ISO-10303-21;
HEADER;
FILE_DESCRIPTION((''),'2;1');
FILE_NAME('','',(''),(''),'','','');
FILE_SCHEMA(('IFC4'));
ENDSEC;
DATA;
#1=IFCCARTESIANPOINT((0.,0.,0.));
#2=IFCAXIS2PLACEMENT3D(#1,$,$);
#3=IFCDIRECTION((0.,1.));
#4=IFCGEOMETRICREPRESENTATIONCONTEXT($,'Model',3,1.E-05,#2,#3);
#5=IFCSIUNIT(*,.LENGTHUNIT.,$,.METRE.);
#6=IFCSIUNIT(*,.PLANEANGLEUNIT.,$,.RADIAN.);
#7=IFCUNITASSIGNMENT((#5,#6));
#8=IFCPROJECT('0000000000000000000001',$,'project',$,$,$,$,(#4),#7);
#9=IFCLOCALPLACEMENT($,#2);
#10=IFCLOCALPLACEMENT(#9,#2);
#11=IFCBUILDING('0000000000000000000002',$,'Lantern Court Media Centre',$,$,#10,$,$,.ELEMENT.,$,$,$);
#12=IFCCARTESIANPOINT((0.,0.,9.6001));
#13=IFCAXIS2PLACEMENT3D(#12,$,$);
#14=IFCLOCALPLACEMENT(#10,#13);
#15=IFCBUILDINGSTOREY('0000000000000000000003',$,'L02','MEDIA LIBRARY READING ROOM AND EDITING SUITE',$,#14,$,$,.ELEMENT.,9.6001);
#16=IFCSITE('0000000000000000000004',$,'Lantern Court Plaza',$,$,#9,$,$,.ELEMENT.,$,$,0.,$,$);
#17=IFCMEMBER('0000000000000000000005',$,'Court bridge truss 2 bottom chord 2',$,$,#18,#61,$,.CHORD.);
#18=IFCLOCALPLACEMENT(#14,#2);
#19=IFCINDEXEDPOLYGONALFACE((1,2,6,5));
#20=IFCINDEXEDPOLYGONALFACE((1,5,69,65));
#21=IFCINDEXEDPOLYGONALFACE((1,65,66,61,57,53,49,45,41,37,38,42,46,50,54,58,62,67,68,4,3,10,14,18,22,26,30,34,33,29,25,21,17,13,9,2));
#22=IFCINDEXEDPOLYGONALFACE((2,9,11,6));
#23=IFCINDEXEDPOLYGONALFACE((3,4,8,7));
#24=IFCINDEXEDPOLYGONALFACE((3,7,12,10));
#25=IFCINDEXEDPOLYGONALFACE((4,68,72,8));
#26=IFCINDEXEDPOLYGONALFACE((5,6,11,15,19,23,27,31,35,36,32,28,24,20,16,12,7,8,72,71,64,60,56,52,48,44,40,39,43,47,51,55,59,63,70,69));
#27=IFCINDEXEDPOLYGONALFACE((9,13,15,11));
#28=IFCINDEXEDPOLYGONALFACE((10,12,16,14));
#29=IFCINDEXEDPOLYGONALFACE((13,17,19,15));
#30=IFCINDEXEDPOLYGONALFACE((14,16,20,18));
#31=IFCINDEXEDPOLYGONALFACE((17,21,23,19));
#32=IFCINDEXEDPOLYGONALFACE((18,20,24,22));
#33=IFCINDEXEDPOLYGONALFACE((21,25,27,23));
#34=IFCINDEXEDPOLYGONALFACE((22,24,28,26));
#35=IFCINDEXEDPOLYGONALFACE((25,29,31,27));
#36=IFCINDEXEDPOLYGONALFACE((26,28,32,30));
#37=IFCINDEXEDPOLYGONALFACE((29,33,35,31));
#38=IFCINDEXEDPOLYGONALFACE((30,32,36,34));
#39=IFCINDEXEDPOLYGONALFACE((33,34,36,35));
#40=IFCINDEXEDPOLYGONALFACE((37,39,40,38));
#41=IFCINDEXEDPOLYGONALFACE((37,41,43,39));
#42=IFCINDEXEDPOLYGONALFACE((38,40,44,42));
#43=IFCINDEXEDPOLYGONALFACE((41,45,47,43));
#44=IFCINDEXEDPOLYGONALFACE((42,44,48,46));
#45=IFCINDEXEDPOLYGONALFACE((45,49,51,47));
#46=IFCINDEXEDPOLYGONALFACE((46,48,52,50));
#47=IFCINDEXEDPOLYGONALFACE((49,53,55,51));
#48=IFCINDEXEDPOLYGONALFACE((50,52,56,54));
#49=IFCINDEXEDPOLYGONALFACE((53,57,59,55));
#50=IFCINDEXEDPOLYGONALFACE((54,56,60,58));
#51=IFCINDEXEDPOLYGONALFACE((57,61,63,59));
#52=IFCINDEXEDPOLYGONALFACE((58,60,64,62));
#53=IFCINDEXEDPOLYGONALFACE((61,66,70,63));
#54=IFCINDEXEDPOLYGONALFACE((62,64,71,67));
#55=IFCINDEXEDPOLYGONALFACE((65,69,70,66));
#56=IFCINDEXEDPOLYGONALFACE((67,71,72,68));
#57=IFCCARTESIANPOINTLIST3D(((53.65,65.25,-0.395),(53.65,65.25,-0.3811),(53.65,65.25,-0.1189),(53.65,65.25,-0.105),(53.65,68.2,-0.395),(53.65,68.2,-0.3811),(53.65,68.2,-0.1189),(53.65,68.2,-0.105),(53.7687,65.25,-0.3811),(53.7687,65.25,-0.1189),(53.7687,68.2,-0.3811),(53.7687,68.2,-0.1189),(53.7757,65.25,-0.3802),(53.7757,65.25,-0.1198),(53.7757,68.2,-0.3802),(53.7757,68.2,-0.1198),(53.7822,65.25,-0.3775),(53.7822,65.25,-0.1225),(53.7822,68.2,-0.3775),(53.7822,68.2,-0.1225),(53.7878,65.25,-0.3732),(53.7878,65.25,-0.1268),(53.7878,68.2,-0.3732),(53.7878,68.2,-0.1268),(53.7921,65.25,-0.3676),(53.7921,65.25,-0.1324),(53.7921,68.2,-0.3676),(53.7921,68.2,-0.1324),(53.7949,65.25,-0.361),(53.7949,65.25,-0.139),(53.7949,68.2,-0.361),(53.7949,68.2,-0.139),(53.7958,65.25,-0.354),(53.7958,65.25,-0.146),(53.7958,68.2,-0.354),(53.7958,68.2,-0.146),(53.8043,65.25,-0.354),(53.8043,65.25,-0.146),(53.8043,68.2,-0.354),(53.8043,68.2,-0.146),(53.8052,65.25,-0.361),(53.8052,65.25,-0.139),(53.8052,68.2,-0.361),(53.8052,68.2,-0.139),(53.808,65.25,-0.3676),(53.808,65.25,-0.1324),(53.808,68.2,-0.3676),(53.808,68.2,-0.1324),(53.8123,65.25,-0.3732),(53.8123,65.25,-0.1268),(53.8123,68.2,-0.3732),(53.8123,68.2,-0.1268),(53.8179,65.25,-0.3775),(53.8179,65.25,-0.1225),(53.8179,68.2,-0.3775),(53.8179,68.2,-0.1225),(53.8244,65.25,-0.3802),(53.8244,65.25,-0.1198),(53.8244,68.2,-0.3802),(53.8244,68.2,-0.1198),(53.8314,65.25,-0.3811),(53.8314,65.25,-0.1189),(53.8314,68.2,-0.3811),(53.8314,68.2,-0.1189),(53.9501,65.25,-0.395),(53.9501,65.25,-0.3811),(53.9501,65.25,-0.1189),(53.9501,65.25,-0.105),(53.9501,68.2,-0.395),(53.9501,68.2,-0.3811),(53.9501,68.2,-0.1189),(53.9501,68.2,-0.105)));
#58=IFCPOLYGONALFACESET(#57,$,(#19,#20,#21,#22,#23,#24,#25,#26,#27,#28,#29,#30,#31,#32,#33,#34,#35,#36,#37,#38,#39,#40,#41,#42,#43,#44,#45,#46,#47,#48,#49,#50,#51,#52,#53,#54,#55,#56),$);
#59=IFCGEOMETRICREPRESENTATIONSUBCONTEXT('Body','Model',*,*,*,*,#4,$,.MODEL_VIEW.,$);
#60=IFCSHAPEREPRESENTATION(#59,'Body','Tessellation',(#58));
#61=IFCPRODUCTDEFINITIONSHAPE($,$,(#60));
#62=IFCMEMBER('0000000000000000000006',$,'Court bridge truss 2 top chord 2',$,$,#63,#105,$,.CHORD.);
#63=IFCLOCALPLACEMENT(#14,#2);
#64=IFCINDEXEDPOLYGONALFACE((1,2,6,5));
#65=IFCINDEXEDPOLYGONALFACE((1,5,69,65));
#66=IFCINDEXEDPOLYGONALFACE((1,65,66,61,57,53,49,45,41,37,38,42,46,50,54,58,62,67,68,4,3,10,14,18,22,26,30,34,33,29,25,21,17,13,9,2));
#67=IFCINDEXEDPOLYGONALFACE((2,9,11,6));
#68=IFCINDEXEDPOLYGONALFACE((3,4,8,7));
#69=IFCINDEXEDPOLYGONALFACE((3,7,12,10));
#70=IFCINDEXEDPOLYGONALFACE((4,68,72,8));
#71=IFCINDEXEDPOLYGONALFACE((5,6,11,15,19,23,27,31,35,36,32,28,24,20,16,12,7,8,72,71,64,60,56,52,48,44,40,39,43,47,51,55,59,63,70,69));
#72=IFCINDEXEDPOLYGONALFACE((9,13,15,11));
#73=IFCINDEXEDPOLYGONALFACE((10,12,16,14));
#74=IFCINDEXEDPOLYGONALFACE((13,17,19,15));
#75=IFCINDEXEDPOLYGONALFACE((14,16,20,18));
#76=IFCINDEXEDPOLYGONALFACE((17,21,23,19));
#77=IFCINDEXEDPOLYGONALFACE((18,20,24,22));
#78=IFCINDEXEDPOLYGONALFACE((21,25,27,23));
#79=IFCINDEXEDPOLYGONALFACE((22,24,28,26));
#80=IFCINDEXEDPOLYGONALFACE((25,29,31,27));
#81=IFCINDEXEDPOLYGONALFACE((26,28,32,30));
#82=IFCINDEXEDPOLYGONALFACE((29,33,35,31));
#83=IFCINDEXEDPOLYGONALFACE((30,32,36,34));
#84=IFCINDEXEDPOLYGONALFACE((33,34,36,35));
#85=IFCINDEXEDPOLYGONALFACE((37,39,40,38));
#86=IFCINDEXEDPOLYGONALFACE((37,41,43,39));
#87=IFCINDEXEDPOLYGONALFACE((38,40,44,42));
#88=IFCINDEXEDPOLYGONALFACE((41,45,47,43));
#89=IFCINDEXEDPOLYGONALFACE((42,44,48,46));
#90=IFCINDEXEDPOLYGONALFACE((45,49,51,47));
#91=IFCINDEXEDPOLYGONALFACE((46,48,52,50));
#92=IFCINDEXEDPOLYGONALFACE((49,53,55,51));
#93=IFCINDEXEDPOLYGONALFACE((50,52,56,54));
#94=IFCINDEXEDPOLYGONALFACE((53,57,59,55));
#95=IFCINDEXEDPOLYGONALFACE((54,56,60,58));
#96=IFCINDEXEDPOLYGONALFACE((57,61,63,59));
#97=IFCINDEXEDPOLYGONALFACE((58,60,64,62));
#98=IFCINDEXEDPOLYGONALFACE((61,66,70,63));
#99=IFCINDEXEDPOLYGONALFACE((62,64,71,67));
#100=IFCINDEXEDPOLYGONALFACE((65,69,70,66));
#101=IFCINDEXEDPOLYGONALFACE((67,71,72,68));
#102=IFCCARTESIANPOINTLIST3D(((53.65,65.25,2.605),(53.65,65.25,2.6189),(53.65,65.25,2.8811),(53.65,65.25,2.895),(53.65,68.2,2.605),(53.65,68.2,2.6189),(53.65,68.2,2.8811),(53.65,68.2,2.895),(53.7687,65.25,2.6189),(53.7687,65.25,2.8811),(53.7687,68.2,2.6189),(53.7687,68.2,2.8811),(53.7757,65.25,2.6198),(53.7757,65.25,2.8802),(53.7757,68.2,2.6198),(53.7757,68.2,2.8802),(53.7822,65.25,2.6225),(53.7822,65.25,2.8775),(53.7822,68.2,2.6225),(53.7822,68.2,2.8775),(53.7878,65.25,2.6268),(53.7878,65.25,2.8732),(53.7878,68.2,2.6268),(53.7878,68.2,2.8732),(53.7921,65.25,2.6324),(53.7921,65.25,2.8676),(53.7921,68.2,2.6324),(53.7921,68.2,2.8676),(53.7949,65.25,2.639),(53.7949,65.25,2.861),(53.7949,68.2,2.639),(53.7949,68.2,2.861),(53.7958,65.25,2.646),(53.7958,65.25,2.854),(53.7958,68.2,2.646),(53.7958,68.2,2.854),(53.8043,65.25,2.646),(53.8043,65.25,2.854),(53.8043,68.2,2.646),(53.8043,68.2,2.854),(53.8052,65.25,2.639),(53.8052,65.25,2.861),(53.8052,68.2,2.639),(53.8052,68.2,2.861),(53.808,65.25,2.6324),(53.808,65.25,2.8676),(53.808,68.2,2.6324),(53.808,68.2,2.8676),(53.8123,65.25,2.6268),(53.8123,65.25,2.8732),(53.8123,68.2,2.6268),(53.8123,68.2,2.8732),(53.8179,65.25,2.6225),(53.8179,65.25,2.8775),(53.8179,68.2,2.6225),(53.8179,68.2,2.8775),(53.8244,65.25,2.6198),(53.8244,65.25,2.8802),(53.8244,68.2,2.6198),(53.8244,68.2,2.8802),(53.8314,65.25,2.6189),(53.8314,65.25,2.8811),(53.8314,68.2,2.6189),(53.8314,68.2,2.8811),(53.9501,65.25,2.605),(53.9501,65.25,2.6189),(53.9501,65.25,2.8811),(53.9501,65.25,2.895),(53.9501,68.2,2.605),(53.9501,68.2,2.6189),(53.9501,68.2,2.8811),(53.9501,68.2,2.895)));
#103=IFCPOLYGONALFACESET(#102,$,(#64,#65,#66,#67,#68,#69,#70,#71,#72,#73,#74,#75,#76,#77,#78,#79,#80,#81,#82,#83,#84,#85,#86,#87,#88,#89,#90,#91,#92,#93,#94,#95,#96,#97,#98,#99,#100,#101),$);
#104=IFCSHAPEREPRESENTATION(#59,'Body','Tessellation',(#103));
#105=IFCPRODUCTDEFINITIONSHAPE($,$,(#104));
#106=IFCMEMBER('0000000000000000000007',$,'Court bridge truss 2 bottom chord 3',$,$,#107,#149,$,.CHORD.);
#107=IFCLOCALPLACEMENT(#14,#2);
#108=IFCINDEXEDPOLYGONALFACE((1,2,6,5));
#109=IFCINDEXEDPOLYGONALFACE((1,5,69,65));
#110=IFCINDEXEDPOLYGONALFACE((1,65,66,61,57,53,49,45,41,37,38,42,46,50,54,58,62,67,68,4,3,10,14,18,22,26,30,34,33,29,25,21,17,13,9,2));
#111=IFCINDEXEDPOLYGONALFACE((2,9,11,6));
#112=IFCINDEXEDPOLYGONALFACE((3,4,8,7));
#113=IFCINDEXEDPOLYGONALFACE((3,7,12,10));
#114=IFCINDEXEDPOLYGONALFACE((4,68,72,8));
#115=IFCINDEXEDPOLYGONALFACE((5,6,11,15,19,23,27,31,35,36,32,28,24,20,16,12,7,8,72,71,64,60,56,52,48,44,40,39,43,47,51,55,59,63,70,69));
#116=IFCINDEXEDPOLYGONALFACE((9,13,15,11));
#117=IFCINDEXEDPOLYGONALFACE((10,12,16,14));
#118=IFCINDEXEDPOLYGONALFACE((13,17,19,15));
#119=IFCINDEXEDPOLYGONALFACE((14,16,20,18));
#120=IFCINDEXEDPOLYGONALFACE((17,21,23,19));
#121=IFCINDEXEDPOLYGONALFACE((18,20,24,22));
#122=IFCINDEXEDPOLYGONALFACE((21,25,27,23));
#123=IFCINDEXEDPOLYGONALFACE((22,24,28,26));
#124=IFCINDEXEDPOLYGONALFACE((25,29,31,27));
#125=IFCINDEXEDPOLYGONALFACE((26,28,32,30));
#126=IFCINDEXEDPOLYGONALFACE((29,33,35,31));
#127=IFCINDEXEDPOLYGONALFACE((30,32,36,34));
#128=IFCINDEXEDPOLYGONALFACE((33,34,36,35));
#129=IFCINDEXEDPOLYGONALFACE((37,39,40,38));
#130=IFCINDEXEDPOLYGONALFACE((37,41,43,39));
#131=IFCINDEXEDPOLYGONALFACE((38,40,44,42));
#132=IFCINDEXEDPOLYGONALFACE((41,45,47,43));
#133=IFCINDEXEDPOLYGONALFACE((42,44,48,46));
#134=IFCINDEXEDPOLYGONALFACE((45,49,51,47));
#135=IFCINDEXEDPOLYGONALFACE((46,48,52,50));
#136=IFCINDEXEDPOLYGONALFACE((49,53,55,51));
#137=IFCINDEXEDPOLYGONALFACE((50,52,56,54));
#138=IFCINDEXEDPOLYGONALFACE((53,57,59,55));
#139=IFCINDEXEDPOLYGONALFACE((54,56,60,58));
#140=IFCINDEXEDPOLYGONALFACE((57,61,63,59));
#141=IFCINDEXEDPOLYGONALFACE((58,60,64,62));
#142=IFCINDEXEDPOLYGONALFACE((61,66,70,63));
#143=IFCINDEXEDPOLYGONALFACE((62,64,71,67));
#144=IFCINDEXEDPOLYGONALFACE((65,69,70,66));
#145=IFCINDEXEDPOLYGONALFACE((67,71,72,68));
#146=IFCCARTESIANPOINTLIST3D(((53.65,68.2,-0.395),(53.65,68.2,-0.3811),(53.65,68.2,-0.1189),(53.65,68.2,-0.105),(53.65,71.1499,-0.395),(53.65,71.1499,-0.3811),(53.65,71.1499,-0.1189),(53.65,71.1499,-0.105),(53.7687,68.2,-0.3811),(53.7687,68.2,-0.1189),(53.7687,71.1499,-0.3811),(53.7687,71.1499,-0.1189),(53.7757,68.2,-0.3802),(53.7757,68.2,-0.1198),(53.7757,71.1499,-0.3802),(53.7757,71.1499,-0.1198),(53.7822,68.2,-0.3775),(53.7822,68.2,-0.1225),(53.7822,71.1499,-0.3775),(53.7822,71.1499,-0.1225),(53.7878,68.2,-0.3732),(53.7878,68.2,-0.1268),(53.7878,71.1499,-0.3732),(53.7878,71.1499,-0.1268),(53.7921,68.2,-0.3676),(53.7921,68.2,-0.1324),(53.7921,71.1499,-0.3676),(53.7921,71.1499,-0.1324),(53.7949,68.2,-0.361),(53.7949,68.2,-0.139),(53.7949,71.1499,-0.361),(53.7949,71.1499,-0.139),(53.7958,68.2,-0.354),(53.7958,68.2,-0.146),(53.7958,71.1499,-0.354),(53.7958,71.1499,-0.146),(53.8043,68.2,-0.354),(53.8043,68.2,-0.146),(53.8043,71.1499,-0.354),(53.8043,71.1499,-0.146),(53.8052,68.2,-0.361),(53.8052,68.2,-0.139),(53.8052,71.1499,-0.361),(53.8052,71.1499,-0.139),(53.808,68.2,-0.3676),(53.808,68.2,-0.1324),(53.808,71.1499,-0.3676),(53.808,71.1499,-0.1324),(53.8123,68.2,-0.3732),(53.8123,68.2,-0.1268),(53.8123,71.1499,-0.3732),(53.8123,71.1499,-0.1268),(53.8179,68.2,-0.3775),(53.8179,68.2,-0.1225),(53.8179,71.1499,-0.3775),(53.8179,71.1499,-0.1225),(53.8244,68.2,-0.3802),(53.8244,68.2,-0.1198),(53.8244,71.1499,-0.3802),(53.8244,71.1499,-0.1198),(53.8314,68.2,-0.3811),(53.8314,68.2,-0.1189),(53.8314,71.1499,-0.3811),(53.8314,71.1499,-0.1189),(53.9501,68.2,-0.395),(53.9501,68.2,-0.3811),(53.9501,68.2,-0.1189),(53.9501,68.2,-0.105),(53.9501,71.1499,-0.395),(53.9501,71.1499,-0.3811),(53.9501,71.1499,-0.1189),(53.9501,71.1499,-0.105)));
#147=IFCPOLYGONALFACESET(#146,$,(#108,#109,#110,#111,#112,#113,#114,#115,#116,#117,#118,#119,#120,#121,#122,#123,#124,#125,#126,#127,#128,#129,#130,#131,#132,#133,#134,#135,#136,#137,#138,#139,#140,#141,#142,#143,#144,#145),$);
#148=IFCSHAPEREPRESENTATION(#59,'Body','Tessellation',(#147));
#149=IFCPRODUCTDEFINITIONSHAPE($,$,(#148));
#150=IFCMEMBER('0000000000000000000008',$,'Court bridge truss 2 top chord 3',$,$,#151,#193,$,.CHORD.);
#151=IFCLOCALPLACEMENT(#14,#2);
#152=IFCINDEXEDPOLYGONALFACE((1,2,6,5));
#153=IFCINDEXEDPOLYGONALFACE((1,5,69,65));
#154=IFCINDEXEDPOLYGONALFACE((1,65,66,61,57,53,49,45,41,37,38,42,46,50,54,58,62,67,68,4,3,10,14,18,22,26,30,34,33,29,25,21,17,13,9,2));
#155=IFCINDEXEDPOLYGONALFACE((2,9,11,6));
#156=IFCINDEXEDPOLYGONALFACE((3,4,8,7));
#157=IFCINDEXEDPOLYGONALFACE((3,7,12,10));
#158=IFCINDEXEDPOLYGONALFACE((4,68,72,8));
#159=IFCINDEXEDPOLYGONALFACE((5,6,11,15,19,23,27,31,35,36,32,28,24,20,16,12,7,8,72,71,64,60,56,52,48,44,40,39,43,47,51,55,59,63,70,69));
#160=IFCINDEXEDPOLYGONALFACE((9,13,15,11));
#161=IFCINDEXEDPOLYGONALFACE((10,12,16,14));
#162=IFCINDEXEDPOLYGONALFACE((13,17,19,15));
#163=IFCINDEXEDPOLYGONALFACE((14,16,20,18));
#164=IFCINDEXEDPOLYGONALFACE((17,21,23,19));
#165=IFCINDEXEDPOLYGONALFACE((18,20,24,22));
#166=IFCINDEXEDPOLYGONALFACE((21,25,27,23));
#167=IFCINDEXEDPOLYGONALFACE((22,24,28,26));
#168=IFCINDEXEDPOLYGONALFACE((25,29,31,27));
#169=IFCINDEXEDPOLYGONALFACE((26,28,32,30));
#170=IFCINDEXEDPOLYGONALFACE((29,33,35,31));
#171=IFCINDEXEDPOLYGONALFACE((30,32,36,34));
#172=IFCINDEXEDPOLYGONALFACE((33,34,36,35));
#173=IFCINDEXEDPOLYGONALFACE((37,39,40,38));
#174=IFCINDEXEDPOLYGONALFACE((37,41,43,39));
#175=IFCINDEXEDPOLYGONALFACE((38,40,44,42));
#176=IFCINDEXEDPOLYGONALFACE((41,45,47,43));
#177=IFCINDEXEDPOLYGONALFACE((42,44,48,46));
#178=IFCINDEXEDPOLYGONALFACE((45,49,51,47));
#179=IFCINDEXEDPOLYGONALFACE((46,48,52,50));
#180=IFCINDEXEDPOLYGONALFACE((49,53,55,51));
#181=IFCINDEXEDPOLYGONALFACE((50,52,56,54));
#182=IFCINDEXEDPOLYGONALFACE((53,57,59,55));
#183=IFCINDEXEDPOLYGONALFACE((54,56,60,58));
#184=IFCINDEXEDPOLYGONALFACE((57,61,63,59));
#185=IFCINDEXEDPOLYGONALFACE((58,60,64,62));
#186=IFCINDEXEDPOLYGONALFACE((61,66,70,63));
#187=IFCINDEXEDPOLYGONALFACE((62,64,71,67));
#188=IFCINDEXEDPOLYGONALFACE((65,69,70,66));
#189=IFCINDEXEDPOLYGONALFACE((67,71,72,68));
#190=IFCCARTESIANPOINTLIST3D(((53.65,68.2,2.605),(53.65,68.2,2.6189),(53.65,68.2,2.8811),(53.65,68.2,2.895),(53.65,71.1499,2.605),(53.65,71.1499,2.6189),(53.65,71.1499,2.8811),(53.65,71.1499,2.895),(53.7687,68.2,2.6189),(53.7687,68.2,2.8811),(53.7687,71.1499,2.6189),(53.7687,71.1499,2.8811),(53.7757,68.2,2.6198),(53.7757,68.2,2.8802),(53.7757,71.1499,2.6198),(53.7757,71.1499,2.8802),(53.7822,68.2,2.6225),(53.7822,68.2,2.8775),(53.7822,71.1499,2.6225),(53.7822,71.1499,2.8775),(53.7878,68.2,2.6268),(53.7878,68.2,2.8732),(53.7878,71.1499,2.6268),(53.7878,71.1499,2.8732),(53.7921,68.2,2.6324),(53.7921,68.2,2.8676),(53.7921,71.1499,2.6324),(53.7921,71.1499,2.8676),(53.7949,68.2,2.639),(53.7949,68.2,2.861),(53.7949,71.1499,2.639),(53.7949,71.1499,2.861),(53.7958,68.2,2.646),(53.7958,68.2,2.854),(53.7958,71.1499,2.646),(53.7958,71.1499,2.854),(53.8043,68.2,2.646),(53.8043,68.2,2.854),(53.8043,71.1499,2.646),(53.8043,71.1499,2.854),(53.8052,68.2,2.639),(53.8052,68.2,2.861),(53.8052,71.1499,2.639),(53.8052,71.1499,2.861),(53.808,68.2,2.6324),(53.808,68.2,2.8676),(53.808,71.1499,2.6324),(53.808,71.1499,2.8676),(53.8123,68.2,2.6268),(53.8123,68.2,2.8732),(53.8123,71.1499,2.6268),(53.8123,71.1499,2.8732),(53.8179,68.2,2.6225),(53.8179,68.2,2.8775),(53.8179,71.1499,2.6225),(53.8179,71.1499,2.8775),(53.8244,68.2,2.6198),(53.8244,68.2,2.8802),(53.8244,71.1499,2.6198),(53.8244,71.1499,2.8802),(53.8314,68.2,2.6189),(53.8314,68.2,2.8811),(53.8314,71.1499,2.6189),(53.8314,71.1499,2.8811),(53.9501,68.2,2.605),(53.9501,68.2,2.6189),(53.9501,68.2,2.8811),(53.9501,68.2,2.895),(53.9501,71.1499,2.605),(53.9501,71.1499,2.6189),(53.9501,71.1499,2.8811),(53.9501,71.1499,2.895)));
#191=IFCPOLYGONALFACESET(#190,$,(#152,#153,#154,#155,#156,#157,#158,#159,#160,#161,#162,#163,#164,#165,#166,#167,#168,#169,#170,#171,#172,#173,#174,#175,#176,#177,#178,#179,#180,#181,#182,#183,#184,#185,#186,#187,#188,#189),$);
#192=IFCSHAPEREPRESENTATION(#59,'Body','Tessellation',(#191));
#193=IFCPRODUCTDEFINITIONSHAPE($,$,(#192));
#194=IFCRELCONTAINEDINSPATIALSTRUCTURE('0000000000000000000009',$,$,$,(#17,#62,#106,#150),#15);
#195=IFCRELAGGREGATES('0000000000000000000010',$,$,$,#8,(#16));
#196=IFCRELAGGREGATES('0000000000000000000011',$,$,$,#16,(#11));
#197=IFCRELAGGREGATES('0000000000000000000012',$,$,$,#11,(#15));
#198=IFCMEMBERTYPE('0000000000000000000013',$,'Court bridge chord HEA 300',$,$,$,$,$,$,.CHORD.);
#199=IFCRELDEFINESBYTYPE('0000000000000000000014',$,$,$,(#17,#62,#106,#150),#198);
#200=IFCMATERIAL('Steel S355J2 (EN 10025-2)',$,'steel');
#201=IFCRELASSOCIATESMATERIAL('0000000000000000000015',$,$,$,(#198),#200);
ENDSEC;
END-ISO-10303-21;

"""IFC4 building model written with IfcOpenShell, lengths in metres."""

from ifc_helpers import new_model, si_unit, direction, frame, origin, origin_2d, place, context, subcontext, project, spatial, i_section, extrude, material, material_profile, profile_set, type_object, element, save


model = new_model("IFC4")

# Units and contexts
model_context = context("Model", 3, precision=1e-05, world=origin(), true_north=direction((0.0, 1.0)))
body_context = subcontext(model_context, "Body", "Model", "MODEL_VIEW")
ifc_project = project(units=[si_unit("LENGTHUNIT", "METRE"), si_unit("PLANEANGLEUNIT", "RADIAN")], contexts=[model_context])

# Site, building, storey
site_placement = place(None, origin())
site = spatial("IfcSite", under=ifc_project, at=site_placement, Name="Lantern Court Plaza", CompositionType="ELEMENT", RefElevation=0.0)
building_placement = place(site_placement, origin())
building = spatial("IfcBuilding", under=site, at=building_placement, Name="Lantern Court Media Centre", CompositionType="ELEMENT")
storey_placement = place(building_placement, frame((0.0, 0.0, 9.6001)))
storey = spatial("IfcBuildingStorey", under=building, at=storey_placement, Name="L02", Description="MEDIA LIBRARY READING ROOM AND EDITING SUITE", CompositionType="ELEMENT", Elevation=9.6001)

# Members
ifc_material = material(Name="Steel S355J2 (EN 10025-2)", Category="steel")
ifc_material_profile_1 = material_profile(ifc_material, i_section(OverallWidth=0.3, OverallDepth=0.29, WebThickness=0.0085, FlangeThickness=0.0139, FilletRadius=0.0271, at=origin_2d()), Name="HEA 300")
ifc_profile_set_1 = profile_set([ifc_material_profile_1], Name="Steel S355J2 (EN 10025-2)")
member_type_1 = type_object("IfcMemberType", Name="Court bridge chord HEA 300", PredefinedType="CHORD", material=ifc_profile_set_1)
for number, where, z_axis, x_axis, name in (
    (1, (53.8, 65.25, -0.25), (0.0, 1.0, 0.0), (-1.0, 0.0, 0.0), "Court bridge truss 2 bottom chord 2"),
    (2, (53.8, 65.25, 2.75), (0.0, 1.0, 0.0), (-1.0, 0.0, 0.0), "Court bridge truss 2 top chord 2"),
    (3, (53.8, 68.2, -0.25), (0.0, 1.0, 0.0), (-1.0, 0.0, 0.0), "Court bridge truss 2 bottom chord 3"),
    (4, (53.8, 68.2, 2.75), (0.0, 1.0, 0.0), (-1.0, 0.0, 0.0), "Court bridge truss 2 top chord 3"),
):
    element("IfcMember", number, at=place(storey_placement, frame(where, z_axis=z_axis, x_axis=x_axis)), inside=storey, type_object=member_type_1, Name=name, PredefinedType="CHORD", context=body_context, shape_type="SweptSolid", body=[
        extrude(i_section(OverallWidth=0.3, OverallDepth=0.29, WebThickness=0.0085, FlangeThickness=0.0139, FilletRadius=0.0271, at=origin_2d()), origin(), (0.0, 0.0, 1.0), 2.95),
    ])

save(model, "model.ifc")
